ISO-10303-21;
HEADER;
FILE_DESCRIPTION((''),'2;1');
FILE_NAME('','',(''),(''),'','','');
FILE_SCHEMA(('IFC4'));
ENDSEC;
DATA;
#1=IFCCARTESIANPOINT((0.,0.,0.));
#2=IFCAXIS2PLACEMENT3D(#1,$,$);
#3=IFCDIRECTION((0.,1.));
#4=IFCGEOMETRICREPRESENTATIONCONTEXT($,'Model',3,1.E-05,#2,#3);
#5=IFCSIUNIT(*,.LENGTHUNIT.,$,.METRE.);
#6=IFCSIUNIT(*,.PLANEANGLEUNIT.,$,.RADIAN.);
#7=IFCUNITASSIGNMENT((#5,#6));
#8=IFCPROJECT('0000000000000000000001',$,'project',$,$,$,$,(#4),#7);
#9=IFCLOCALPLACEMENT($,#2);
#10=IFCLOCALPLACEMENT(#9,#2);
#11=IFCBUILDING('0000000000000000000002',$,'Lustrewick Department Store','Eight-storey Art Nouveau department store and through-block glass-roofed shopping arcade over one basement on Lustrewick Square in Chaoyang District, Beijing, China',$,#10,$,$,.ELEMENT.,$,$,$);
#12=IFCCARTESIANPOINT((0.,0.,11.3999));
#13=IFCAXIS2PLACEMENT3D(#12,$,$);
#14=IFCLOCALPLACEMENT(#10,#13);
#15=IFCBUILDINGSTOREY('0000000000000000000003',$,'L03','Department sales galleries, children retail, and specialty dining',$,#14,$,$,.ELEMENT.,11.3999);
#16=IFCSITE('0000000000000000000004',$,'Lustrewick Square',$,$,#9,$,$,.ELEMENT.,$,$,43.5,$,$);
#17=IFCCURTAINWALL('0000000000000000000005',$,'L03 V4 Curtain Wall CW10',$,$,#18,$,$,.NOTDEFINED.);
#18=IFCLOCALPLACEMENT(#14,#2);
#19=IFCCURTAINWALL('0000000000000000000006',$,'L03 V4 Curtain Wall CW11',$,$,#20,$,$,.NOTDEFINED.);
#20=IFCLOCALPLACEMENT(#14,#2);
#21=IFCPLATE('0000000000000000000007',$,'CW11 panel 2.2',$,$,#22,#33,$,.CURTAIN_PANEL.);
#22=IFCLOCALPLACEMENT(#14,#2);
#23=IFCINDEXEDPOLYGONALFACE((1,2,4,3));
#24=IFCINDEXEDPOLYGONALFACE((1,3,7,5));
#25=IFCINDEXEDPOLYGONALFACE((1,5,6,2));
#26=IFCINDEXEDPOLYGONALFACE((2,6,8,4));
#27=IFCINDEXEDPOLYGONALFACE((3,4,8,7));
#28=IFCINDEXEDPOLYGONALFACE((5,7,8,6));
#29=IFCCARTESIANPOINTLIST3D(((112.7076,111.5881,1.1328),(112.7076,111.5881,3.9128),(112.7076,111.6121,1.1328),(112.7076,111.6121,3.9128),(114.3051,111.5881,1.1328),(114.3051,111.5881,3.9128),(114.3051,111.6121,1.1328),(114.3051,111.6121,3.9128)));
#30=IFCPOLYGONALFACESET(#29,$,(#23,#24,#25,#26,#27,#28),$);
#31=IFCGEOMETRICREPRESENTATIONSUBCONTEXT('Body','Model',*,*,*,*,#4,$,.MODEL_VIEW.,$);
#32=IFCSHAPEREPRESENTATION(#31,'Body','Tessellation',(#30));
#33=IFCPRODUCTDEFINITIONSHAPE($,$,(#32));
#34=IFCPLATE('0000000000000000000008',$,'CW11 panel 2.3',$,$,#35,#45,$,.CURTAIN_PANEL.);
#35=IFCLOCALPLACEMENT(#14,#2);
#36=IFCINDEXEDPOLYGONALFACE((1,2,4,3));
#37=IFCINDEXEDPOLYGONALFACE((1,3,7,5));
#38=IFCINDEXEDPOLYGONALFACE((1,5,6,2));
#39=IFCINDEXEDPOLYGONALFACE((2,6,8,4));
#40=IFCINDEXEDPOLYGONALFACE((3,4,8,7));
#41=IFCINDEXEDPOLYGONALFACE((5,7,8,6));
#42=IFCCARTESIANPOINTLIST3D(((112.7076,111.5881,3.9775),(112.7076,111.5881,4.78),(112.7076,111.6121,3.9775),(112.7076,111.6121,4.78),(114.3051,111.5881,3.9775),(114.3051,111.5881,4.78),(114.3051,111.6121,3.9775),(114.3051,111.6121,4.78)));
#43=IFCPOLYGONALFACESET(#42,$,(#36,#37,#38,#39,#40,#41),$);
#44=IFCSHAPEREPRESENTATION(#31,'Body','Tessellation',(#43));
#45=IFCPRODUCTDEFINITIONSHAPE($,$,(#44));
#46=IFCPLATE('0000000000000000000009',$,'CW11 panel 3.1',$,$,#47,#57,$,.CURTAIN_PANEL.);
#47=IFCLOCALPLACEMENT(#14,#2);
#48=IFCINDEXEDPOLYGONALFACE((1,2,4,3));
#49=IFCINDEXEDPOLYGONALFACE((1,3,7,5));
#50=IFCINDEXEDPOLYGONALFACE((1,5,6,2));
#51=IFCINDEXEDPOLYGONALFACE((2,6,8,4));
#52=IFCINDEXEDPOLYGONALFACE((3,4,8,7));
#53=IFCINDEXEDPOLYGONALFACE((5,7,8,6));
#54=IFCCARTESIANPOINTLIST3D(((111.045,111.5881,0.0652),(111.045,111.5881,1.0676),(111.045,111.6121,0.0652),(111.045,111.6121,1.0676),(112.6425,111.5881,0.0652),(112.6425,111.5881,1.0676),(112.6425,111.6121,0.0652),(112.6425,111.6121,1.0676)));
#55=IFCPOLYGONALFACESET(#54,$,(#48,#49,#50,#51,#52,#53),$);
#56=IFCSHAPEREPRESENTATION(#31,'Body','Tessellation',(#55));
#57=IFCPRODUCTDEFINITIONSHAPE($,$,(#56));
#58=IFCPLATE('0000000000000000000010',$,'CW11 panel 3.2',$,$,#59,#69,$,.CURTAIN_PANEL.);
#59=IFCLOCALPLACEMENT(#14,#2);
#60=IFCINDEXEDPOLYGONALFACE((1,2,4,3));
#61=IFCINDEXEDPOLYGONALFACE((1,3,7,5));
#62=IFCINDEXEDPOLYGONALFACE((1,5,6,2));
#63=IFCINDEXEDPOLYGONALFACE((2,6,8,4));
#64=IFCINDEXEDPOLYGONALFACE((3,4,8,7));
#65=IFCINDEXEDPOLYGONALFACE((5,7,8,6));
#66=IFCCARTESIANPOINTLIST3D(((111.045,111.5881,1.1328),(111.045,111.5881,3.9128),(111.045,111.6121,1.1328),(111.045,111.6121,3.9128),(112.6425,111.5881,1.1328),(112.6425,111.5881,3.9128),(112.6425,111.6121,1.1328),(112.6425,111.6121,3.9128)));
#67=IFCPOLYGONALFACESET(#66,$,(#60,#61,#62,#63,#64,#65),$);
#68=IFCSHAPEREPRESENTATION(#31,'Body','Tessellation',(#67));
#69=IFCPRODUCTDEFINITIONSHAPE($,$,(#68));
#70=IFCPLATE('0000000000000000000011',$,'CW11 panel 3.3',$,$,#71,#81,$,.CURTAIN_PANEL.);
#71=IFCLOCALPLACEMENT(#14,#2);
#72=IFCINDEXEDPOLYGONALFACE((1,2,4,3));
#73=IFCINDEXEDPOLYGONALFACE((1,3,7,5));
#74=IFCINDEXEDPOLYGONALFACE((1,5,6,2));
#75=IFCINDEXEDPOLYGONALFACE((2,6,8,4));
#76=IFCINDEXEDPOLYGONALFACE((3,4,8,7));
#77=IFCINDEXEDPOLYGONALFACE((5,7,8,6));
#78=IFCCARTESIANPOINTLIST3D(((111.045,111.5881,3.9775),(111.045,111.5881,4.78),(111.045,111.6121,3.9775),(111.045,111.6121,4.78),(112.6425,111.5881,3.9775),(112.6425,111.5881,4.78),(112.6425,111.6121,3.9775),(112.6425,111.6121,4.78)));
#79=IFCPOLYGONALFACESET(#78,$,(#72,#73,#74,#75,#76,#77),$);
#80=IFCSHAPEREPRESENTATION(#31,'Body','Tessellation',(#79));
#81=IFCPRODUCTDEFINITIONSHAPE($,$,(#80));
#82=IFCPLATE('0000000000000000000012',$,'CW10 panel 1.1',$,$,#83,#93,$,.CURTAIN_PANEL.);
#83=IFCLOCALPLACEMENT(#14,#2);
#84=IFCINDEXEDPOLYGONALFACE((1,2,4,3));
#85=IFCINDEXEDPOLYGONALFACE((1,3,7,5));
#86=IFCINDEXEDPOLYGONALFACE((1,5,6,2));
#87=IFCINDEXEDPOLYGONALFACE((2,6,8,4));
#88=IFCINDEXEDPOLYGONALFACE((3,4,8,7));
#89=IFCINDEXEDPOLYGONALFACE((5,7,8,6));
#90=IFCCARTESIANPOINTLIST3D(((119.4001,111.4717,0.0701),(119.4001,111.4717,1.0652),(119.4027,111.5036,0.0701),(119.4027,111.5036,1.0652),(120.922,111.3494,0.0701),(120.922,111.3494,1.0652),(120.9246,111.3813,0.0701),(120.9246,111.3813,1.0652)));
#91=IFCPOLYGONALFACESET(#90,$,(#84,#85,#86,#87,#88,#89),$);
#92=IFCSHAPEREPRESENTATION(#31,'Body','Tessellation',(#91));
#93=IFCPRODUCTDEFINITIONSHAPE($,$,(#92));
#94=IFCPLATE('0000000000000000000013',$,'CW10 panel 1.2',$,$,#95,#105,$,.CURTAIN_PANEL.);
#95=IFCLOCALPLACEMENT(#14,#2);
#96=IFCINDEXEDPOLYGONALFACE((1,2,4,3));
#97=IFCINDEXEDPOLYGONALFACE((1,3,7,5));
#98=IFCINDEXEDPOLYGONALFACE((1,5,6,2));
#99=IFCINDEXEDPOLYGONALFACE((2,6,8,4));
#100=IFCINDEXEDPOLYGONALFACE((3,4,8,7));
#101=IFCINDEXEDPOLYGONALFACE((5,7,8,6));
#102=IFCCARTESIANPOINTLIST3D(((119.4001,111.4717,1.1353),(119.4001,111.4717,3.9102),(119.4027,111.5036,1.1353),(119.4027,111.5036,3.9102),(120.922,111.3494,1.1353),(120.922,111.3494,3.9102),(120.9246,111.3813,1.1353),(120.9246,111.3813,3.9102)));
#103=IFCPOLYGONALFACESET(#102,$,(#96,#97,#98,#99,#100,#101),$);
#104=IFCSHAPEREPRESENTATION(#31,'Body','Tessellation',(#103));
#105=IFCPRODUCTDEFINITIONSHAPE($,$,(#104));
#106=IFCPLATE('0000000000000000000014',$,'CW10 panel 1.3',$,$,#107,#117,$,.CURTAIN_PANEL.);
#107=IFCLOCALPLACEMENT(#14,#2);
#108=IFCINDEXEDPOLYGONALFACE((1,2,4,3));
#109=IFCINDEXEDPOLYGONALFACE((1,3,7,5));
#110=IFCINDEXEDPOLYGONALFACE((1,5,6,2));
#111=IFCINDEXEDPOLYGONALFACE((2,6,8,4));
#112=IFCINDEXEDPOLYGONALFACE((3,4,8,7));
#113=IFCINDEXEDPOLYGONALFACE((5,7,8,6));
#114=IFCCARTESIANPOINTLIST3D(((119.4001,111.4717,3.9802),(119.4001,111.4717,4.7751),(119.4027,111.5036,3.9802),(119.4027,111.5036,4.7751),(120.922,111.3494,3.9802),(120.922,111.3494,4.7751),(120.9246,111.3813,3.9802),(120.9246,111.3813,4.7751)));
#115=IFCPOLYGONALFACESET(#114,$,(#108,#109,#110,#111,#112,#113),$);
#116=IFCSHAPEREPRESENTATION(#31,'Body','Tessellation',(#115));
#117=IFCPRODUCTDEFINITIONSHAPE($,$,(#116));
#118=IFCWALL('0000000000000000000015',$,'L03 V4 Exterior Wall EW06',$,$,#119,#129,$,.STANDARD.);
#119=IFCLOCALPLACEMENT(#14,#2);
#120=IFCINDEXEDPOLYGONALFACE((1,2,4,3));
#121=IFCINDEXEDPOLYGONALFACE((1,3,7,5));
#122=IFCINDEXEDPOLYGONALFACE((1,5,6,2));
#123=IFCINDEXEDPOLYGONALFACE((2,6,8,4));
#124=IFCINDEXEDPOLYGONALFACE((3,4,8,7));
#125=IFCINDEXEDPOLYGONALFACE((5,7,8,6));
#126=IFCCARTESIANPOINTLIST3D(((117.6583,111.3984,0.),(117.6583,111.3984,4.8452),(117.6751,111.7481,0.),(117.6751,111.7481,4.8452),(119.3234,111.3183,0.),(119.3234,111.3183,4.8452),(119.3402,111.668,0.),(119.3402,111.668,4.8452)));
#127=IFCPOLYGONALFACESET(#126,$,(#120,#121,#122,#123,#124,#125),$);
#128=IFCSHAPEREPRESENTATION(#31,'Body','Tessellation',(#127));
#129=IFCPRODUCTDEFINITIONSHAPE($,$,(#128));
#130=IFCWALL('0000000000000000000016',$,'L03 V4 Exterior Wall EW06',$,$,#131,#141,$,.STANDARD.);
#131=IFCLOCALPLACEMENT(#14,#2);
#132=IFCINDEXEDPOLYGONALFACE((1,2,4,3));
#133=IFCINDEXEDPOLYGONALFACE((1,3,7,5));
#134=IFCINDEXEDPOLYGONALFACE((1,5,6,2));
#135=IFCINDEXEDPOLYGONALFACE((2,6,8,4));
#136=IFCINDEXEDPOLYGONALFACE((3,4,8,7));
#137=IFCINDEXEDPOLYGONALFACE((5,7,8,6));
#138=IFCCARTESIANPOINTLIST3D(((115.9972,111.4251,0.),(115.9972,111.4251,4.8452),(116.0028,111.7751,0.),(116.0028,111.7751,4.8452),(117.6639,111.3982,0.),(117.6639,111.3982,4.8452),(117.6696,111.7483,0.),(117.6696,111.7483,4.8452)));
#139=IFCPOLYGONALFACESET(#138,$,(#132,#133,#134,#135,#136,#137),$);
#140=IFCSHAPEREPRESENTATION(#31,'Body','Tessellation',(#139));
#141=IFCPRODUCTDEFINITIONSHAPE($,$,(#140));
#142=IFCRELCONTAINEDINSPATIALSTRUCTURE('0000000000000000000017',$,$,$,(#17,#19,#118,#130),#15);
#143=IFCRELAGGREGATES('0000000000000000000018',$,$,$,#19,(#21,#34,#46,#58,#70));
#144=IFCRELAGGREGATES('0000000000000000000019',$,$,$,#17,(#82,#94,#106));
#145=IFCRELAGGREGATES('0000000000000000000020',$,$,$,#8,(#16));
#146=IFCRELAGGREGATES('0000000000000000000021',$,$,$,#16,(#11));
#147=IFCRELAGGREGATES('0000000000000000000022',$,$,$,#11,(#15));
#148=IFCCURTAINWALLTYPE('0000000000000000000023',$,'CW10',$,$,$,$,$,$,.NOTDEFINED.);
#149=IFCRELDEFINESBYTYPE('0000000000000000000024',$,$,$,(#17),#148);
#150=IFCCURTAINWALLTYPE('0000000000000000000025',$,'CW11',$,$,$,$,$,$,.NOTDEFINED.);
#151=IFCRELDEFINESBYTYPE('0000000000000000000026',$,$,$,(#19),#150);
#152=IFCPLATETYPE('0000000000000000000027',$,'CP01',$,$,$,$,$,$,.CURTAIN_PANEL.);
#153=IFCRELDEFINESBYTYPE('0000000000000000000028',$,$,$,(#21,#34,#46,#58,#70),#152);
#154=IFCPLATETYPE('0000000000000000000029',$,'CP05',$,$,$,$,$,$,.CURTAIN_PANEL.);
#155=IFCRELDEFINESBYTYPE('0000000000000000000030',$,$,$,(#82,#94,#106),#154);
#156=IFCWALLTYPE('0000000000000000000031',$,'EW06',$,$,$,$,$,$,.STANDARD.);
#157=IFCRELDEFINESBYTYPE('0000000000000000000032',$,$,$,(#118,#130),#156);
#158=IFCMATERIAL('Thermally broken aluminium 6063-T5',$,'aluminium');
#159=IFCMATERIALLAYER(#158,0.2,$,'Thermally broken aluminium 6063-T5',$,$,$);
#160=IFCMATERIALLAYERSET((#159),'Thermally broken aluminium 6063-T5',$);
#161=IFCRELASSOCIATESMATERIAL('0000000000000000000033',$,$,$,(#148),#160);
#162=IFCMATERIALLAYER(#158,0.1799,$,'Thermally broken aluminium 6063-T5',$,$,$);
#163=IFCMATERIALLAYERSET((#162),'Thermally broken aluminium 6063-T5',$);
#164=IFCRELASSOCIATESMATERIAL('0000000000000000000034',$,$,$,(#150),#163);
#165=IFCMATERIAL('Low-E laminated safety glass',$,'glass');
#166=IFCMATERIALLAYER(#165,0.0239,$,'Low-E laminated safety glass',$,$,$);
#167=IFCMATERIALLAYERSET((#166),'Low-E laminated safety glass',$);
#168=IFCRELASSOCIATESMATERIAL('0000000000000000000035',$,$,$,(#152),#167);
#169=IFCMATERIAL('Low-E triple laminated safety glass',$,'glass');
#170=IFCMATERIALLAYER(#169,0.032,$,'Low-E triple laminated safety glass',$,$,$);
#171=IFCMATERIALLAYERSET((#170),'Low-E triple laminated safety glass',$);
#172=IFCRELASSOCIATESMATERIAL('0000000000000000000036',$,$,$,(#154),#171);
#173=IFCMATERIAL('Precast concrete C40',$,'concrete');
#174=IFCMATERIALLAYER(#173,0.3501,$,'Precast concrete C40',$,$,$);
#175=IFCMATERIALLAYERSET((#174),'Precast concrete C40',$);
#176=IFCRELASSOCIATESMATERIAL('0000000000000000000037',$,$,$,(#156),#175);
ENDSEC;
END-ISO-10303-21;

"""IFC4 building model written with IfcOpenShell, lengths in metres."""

from ifc_helpers import new_model, si_unit, direction, frame, frame_2d, origin, origin_2d, place, context, subcontext, project, spatial, rectangle, extrude, material, layer, layer_set, type_object, element, aggregate, save


model = new_model("IFC4")

# Units and contexts
model_context = context("Model", 3, precision=1e-05, world=origin(), true_north=direction((0.0, 1.0)))
body_context = subcontext(model_context, "Body", "Model", "MODEL_VIEW")
ifc_project = project(units=[si_unit("LENGTHUNIT", "METRE"), si_unit("PLANEANGLEUNIT", "RADIAN")], contexts=[model_context])

# Site, building, storey
site_placement = place(None, origin())
site = spatial("IfcSite", under=ifc_project, at=site_placement, Name="Lustrewick Square", CompositionType="ELEMENT", RefElevation=43.5)
building_placement = place(site_placement, origin())
building = spatial("IfcBuilding", under=site, at=building_placement, Name="Lustrewick Department Store", Description="Eight-storey Art Nouveau department store and through-block glass-roofed shopping arcade over one basement on Lustrewick Square in Chaoyang District, Beijing, China", CompositionType="ELEMENT")
storey_placement = place(building_placement, frame((0.0, 0.0, 11.3999)))
storey = spatial("IfcBuildingStorey", under=building, at=storey_placement, Name="L03", Description="Department sales galleries, children retail, and specialty dining", CompositionType="ELEMENT", Elevation=11.3999)

# Curtain wall
ifc_material_1 = material(Name="Thermally broken aluminium 6063-T5", Category="aluminium")
ifc_layer_1 = layer(ifc_material_1, 0.2, Name="Thermally broken aluminium 6063-T5")
ifc_layer_set_1 = layer_set([ifc_layer_1], Name="Thermally broken aluminium 6063-T5")
curtain_wall_type_1 = type_object("IfcCurtainWallType", Name="CW10", PredefinedType="NOTDEFINED", material=ifc_layer_set_1)
curtain_wall_1_placement = place(storey_placement, origin())
curtain_wall_1 = element("IfcCurtainWall", 1, at=curtain_wall_1_placement, inside=storey, type_object=curtain_wall_type_1, Name="L03 V4 Curtain Wall CW10", PredefinedType="NOTDEFINED")

# Curtain wall, plates
ifc_layer_2 = layer(ifc_material_1, 0.1799, Name="Thermally broken aluminium 6063-T5")
ifc_layer_set_2 = layer_set([ifc_layer_2], Name="Thermally broken aluminium 6063-T5")
curtain_wall_type_2 = type_object("IfcCurtainWallType", Name="CW11", PredefinedType="NOTDEFINED", material=ifc_layer_set_2)
curtain_wall_2_placement = place(storey_placement, origin())
curtain_wall_2 = element("IfcCurtainWall", 2, at=curtain_wall_2_placement, inside=storey, type_object=curtain_wall_type_2, Name="L03 V4 Curtain Wall CW11", PredefinedType="NOTDEFINED")
ifc_material_2 = material(Name="Low-E laminated safety glass", Category="glass")
ifc_layer_3 = layer(ifc_material_2, 0.0239, Name="Low-E laminated safety glass")
ifc_layer_set_3 = layer_set([ifc_layer_3], Name="Low-E laminated safety glass")
plate_type_1 = type_object("IfcPlateType", Name="CP01", PredefinedType="CURTAIN_PANEL", material=ifc_layer_set_3)
plate_1_placement = place(storey_placement, frame((113.5063, 111.6001, 1.1328), z_axis=(0.0, 0.0, 1.0), x_axis=(-1.0, 0.0, 0.0)))
plate_1 = element("IfcPlate", 3, at=plate_1_placement, type_object=plate_type_1, Name="CW11 panel 2.2", PredefinedType="CURTAIN_PANEL", context=body_context, shape_type="SweptSolid", body=[
    extrude(rectangle(XDim=1.5974, YDim=0.0239, at=origin_2d()), origin(), (0.0, 0.0, 1.0), 2.78),
])
plate_2_placement = place(storey_placement, frame((113.5063, 111.6001, 3.9775), z_axis=(0.0, 0.0, 1.0), x_axis=(-1.0, 0.0, 0.0)))
plate_2 = element("IfcPlate", 4, at=plate_2_placement, type_object=plate_type_1, Name="CW11 panel 2.3", PredefinedType="CURTAIN_PANEL", context=body_context, shape_type="SweptSolid", body=[
    extrude(rectangle(XDim=1.5974, YDim=0.0239, at=origin_2d()), origin(), (0.0, 0.0, 1.0), 0.8025),
])
plate_3_placement = place(storey_placement, frame((111.8438, 111.6001, 0.0652), z_axis=(0.0, 0.0, 1.0), x_axis=(-1.0, 0.0, 0.0)))
plate_3 = element("IfcPlate", 5, at=plate_3_placement, type_object=plate_type_1, Name="CW11 panel 3.1", PredefinedType="CURTAIN_PANEL", context=body_context, shape_type="SweptSolid", body=[
    extrude(rectangle(XDim=1.5974, YDim=0.0239, at=origin_2d()), origin(), (0.0, 0.0, 1.0), 1.0024),
])
plate_4_placement = place(storey_placement, frame((111.8438, 111.6001, 1.1328), z_axis=(0.0, 0.0, 1.0), x_axis=(-1.0, 0.0, 0.0)))
plate_4 = element("IfcPlate", 6, at=plate_4_placement, type_object=plate_type_1, Name="CW11 panel 3.2", PredefinedType="CURTAIN_PANEL", context=body_context, shape_type="SweptSolid", body=[
    extrude(rectangle(XDim=1.5974, YDim=0.0239, at=origin_2d()), origin(), (0.0, 0.0, 1.0), 2.78),
])
plate_5_placement = place(storey_placement, frame((111.8438, 111.6001, 3.9775), z_axis=(0.0, 0.0, 1.0), x_axis=(-1.0, 0.0, 0.0)))
plate_5 = element("IfcPlate", 7, at=plate_5_placement, type_object=plate_type_1, Name="CW11 panel 3.3", PredefinedType="CURTAIN_PANEL", context=body_context, shape_type="SweptSolid", body=[
    extrude(rectangle(XDim=1.5974, YDim=0.0239, at=origin_2d()), origin(), (0.0, 0.0, 1.0), 0.8025),
])
aggregate(curtain_wall_2, [plate_1, plate_2, plate_3, plate_4, plate_5])

# Plates
ifc_material_3 = material(Name="Low-E triple laminated safety glass", Category="glass")
ifc_layer_4 = layer(ifc_material_3, 0.032, Name="Low-E triple laminated safety glass")
ifc_layer_set_4 = layer_set([ifc_layer_4], Name="Low-E triple laminated safety glass")
plate_type_2 = type_object("IfcPlateType", Name="CP05", PredefinedType="CURTAIN_PANEL", material=ifc_layer_set_4)
plate_6_placement = place(storey_placement, frame((120.1624, 111.4265, 0.0701), z_axis=(0.0, 0.0, 1.0), x_axis=(-0.996788, 0.080091, 0.0)))
plate_6 = element("IfcPlate", 8, at=plate_6_placement, type_object=plate_type_2, Name="CW10 panel 1.1", PredefinedType="CURTAIN_PANEL", context=body_context, shape_type="SweptSolid", body=[
    extrude(rectangle(XDim=1.5269, YDim=0.032, at=origin_2d()), origin(), (0.0, 0.0, 1.0), 0.9951),
])
plate_7_placement = place(storey_placement, frame((120.1624, 111.4265, 1.1353), z_axis=(0.0, 0.0, 1.0), x_axis=(-0.996788, 0.080091, 0.0)))
plate_7 = element("IfcPlate", 9, at=plate_7_placement, type_object=plate_type_2, Name="CW10 panel 1.2", PredefinedType="CURTAIN_PANEL", context=body_context, shape_type="SweptSolid", body=[
    extrude(rectangle(XDim=1.5269, YDim=0.032, at=origin_2d()), origin(), (0.0, 0.0, 1.0), 2.7749),
])
plate_8_placement = place(storey_placement, frame((120.1624, 111.4265, 3.9802), z_axis=(0.0, 0.0, 1.0), x_axis=(-0.996788, 0.080091, 0.0)))
plate_8 = element("IfcPlate", 10, at=plate_8_placement, type_object=plate_type_2, Name="CW10 panel 1.3", PredefinedType="CURTAIN_PANEL", context=body_context, shape_type="SweptSolid", body=[
    extrude(rectangle(XDim=1.5269, YDim=0.032, at=origin_2d()), origin(), (0.0, 0.0, 1.0), 0.7949),
])
aggregate(curtain_wall_1, [plate_6, plate_7, plate_8])

# Walls
ifc_material_4 = material(Name="Precast concrete C40", Category="concrete")
ifc_layer_5 = layer(ifc_material_4, 0.3501, Name="Precast concrete C40")
ifc_layer_set_5 = layer_set([ifc_layer_5], Name="Precast concrete C40")
wall_type = type_object("IfcWallType", Name="EW06", PredefinedType="STANDARD", material=ifc_layer_set_5)
for number, where, z_axis, x_axis, name in (
    (11, (119.3318, 111.4932, 0.0), (0.0, 0.0, 1.0), (-0.998845, 0.048038, 0.0), "L03 V4 Exterior Wall EW06"),
    (12, (117.6667, 111.5732, 0.0), (0.0, 0.0, 1.0), (-0.99987, 0.01611, 0.0), "L03 V4 Exterior Wall EW06"),
):
    element("IfcWall", number, at=place(storey_placement, frame(where, z_axis=z_axis, x_axis=x_axis)), inside=storey, type_object=wall_type, Name=name, PredefinedType="STANDARD", context=body_context, shape_type="SweptSolid", body=[
        extrude(rectangle(XDim=1.667, YDim=0.3501, at=frame_2d((0.8335, 0.0))), origin(), (0.0, 0.0, 1.0), 4.8452),
    ])

save(model, "model.ifc")
